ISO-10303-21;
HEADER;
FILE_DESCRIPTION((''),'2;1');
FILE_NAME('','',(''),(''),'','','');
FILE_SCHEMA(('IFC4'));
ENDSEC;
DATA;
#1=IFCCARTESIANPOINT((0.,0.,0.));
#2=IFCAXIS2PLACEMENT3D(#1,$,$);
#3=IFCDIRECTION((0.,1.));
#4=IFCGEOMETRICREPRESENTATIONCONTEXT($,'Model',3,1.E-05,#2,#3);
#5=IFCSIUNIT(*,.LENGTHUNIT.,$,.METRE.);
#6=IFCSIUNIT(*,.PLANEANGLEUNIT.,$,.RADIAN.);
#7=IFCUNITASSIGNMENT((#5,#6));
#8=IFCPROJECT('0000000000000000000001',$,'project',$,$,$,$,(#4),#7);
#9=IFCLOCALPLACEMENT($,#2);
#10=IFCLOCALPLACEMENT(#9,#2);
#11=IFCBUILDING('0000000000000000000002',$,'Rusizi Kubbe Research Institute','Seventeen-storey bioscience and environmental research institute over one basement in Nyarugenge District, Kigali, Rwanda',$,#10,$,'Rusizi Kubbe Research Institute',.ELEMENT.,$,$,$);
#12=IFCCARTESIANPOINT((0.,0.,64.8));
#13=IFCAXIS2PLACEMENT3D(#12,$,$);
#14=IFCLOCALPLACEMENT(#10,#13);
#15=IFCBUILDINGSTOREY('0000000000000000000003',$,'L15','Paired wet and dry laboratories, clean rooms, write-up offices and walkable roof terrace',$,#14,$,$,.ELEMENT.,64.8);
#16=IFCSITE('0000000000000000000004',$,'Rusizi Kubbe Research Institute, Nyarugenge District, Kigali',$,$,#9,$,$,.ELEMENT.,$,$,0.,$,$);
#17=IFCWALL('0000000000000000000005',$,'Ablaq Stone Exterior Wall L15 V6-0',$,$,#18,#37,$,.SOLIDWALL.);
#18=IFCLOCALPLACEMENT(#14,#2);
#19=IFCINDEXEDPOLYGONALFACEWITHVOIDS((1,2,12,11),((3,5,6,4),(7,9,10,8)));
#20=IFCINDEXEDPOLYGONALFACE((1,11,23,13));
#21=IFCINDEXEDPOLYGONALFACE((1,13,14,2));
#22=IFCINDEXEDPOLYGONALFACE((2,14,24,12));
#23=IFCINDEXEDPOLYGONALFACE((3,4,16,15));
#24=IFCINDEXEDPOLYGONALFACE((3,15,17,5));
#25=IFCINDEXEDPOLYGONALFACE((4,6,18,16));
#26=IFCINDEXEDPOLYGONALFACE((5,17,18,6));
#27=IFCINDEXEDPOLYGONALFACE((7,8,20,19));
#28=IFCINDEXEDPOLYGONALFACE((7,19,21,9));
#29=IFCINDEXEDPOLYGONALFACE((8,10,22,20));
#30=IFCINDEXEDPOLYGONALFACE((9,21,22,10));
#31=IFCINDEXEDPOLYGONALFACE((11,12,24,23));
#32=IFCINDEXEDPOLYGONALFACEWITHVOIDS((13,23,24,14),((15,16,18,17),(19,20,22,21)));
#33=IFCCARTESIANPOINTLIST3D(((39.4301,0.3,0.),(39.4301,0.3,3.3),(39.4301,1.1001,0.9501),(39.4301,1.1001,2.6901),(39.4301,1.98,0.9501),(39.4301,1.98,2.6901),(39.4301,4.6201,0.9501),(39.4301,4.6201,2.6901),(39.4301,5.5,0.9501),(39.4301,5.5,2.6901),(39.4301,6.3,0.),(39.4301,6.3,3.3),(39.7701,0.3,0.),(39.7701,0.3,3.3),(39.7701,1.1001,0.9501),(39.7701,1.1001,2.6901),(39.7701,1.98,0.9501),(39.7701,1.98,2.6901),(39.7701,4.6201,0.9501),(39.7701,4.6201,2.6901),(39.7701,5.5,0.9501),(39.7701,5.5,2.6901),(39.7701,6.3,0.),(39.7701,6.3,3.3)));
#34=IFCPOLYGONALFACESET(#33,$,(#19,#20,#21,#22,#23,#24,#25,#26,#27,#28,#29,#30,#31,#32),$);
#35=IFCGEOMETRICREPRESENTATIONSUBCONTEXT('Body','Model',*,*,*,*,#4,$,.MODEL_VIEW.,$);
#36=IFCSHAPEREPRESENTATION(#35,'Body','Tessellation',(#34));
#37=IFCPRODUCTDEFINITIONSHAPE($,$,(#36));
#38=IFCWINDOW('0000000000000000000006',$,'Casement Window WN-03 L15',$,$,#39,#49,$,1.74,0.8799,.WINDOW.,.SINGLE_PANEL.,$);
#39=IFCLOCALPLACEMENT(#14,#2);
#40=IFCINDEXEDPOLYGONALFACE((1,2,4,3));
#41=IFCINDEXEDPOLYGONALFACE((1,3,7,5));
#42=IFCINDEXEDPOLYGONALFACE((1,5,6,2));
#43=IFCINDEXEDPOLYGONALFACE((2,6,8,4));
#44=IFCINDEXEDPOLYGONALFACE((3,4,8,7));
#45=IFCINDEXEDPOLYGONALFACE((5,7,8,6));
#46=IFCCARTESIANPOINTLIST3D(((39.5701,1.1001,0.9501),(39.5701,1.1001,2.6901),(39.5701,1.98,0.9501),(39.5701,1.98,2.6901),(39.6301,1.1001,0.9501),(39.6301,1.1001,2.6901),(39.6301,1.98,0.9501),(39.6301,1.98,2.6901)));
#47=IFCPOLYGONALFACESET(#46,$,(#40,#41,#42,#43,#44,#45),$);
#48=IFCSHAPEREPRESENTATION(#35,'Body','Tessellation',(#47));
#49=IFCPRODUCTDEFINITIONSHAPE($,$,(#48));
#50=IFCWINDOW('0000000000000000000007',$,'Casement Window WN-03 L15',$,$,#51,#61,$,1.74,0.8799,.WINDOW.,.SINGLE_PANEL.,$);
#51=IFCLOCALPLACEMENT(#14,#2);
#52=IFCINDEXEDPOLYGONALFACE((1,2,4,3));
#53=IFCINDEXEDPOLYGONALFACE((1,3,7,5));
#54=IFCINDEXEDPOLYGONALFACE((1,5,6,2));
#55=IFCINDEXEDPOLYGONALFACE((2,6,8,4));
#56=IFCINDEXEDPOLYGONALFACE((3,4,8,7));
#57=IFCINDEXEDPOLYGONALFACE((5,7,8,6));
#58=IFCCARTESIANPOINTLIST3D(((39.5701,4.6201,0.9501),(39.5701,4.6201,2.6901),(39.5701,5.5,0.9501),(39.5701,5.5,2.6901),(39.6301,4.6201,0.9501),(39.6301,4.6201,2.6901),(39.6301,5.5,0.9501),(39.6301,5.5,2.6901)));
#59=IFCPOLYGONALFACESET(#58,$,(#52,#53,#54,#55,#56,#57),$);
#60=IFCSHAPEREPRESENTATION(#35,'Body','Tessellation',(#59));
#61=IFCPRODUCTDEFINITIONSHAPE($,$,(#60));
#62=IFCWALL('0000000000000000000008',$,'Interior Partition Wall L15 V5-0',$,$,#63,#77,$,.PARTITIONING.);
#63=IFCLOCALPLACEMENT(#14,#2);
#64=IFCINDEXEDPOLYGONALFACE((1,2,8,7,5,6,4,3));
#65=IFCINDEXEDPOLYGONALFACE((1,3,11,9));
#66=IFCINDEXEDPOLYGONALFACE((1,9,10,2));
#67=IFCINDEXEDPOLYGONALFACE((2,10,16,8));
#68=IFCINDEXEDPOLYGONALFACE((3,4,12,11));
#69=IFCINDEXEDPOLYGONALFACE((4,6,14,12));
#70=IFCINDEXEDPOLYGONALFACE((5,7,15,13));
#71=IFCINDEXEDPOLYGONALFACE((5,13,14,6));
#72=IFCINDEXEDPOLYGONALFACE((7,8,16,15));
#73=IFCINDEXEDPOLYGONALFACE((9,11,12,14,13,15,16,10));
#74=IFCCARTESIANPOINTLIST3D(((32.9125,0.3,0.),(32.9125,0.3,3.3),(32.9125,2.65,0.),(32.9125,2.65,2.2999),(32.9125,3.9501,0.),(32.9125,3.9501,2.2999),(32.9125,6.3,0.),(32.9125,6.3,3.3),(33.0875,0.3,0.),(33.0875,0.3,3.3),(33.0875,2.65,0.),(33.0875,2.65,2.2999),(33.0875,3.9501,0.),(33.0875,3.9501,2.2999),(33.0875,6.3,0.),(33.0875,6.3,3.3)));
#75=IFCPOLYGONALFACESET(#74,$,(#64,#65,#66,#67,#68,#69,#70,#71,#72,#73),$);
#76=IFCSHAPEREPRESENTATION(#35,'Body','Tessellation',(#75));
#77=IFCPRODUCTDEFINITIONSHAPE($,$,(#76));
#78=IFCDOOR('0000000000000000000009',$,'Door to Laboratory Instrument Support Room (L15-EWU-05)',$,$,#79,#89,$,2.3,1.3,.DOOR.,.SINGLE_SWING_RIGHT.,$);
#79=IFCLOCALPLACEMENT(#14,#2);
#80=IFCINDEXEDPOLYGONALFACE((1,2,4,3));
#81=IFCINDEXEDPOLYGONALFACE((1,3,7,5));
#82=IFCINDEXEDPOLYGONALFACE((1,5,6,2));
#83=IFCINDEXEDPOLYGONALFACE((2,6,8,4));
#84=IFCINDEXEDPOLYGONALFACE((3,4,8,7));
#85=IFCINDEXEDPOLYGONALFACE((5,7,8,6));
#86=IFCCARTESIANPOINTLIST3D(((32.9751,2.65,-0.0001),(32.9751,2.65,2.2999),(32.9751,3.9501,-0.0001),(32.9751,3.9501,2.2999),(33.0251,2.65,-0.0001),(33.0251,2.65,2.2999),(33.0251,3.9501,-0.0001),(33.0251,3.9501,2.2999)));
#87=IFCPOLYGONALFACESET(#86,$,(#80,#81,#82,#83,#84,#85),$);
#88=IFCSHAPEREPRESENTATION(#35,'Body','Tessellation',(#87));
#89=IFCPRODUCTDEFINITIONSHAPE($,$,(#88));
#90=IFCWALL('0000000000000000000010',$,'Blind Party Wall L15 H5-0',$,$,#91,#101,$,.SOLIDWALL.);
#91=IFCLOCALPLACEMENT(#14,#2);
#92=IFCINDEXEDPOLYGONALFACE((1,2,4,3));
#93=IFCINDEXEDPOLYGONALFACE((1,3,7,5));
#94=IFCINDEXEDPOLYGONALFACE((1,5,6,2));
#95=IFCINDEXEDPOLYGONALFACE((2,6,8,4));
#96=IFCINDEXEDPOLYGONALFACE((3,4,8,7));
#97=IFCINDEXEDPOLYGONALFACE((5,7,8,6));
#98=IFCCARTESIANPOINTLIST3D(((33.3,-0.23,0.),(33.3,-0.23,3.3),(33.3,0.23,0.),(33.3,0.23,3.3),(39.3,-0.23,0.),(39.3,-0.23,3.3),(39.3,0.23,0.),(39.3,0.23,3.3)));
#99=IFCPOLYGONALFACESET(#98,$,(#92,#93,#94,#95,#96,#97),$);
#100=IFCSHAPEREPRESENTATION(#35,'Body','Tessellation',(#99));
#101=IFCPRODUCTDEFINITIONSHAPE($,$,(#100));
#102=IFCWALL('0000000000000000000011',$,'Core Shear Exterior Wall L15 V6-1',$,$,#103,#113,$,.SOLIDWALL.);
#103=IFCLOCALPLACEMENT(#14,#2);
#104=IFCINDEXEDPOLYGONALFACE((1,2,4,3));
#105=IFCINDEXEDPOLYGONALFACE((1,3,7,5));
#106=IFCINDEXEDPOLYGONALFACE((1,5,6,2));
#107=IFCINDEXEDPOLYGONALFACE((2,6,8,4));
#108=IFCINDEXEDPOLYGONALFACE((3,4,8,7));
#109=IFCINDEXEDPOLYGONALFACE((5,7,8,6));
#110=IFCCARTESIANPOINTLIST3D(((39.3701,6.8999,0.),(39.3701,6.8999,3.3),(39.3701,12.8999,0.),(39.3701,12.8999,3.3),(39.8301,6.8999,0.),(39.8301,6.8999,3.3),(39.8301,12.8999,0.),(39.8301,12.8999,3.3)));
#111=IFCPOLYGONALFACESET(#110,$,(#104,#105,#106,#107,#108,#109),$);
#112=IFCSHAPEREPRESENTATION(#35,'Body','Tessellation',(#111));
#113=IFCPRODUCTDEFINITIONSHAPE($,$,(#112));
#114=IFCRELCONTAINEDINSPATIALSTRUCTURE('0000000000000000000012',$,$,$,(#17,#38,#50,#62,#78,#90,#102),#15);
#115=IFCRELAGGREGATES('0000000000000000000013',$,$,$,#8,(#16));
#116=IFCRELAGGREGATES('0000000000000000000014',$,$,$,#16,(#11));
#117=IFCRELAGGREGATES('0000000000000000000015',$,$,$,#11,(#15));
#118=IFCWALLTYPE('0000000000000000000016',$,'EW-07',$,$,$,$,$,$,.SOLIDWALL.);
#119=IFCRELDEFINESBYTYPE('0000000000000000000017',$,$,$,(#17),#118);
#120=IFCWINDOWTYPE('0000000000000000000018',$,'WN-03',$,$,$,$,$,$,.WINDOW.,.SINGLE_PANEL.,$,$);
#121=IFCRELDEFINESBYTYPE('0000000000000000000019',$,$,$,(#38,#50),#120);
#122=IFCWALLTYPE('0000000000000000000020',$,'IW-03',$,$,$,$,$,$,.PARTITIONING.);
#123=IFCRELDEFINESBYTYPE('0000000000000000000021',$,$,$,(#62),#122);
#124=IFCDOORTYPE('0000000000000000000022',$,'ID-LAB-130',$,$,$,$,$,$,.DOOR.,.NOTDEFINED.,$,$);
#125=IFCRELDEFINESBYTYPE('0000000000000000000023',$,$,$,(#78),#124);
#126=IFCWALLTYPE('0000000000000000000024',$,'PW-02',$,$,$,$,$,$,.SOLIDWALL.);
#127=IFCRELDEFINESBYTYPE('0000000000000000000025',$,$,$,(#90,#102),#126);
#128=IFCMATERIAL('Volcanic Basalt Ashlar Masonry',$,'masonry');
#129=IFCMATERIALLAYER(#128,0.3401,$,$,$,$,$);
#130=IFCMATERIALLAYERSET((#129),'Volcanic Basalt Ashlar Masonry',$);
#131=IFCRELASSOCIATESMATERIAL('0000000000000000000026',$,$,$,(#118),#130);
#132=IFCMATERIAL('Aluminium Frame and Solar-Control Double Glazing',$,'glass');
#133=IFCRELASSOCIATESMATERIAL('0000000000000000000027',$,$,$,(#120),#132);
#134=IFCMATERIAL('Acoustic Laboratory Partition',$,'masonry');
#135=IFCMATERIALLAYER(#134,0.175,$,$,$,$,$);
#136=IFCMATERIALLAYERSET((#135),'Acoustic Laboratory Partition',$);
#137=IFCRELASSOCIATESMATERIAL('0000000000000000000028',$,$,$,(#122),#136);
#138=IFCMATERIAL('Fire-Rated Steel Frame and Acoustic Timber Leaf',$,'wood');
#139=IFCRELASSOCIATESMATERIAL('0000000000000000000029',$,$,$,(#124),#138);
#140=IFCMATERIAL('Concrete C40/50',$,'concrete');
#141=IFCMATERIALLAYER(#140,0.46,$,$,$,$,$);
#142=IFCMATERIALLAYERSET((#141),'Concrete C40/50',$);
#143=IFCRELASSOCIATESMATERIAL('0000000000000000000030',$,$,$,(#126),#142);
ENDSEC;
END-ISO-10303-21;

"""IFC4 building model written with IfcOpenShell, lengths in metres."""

from ifc_helpers import new_model, si_unit, direction, frame, frame_2d, origin, place, context, subcontext, project, spatial, rectangle, extrude, material, layer, layer_set, type_object, element, fill, save


model = new_model("IFC4")

# Units and contexts
model_context = context("Model", 3, precision=1e-05, world=origin(), true_north=direction((0.0, 1.0)))
body_context = subcontext(model_context, "Body", "Model", "MODEL_VIEW")
ifc_project = project(units=[si_unit("LENGTHUNIT", "METRE"), si_unit("PLANEANGLEUNIT", "RADIAN")], contexts=[model_context])

# Site, building, storey
site_placement = place(None, origin())
site = spatial("IfcSite", under=ifc_project, at=site_placement, Name="Rusizi Kubbe Research Institute, Nyarugenge District, Kigali", CompositionType="ELEMENT", RefElevation=0.0)
building_placement = place(site_placement, origin())
building = spatial("IfcBuilding", under=site, at=building_placement, Name="Rusizi Kubbe Research Institute", Description="Seventeen-storey bioscience and environmental research institute over one basement in Nyarugenge District, Kigali, Rwanda", LongName="Rusizi Kubbe Research Institute", CompositionType="ELEMENT")
storey_placement = place(building_placement, frame((0.0, 0.0, 64.8)))
storey = spatial("IfcBuildingStorey", under=building, at=storey_placement, Name="L15", Description="Paired wet and dry laboratories, clean rooms, write-up offices and walkable roof terrace", CompositionType="ELEMENT", Elevation=64.8)

# Wall, openings, windows
ifc_material_1 = material(Name="Volcanic Basalt Ashlar Masonry", Category="masonry")
ifc_layer_1 = layer(ifc_material_1, 0.3401)
ifc_layer_set_1 = layer_set([ifc_layer_1], Name="Volcanic Basalt Ashlar Masonry")
wall_type_1 = type_object("IfcWallType", Name="EW-07", PredefinedType="SOLIDWALL", material=ifc_layer_set_1)
wall_1_placement = place(storey_placement, frame((39.6001, 0.3, 0.0), z_axis=(0.0, 0.0, 1.0), x_axis=(0.0, 1.0, 0.0)))
wall_1 = element("IfcWall", 1, at=wall_1_placement, inside=storey, type_object=wall_type_1, Name="Ablaq Stone Exterior Wall L15 V6-0", PredefinedType="SOLIDWALL", context=body_context, shape_type="SweptSolid", body=[
    extrude(rectangle(XDim=6.0, YDim=0.3401, at=frame_2d((3.0, 0.0))), origin(), (0.0, 0.0, 1.0), 3.3),
])
opening_1_placement = place(wall_1_placement, frame((0.8, 0.0, 0.95)))
opening_1 = element("IfcOpeningElement", 2, at=opening_1_placement, cuts=wall_1, PredefinedType="OPENING", context=body_context, shape_type="SweptSolid", body=[
    extrude(rectangle(XDim=0.8799, YDim=1.74, at=frame_2d((0.4399, 0.8701))), frame((0.0, 0.1799, 0.0), z_axis=(0.0, -1.0, 0.0), x_axis=(1.0, 0.0, 0.0)), (0.0, 0.0, 1.0), 0.3601),
])
opening_2_placement = place(wall_1_placement, frame((4.3201, 0.0, 0.95)))
opening_2 = element("IfcOpeningElement", 3, at=opening_2_placement, cuts=wall_1, PredefinedType="OPENING", context=body_context, shape_type="SweptSolid", body=[
    extrude(rectangle(XDim=0.8799, YDim=1.74, at=frame_2d((0.4399, 0.8701))), frame((0.0, 0.1799, 0.0), z_axis=(0.0, -1.0, 0.0), x_axis=(1.0, 0.0, 0.0)), (0.0, 0.0, 1.0), 0.3601),
])
ifc_material_2 = material(Name="Aluminium Frame and Solar-Control Double Glazing", Category="glass")
window_type = type_object("IfcWindowType", Name="WN-03", PartitioningType="SINGLE_PANEL", PredefinedType="WINDOW", material=ifc_material_2)
window_1_placement = place(opening_1_placement, origin())
window_1 = element("IfcWindow", 4, at=window_1_placement, inside=storey, type_object=window_type, Name="Casement Window WN-03 L15", OverallHeight=1.74, OverallWidth=0.8799, PartitioningType="SINGLE_PANEL", PredefinedType="WINDOW", context=body_context, shape_type="SweptSolid", body=[
    extrude(rectangle(XDim=0.8799, YDim=1.74, at=frame_2d((0.4399, 0.8701))), frame((0.0, 0.03, 0.0), z_axis=(0.0, -1.0, 0.0), x_axis=(1.0, 0.0, 0.0)), (0.0, 0.0, 1.0), 0.0601),
])
fill(opening_1, window_1)
window_2_placement = place(opening_2_placement, origin())
window_2 = element("IfcWindow", 5, at=window_2_placement, inside=storey, type_object=window_type, Name="Casement Window WN-03 L15", OverallHeight=1.74, OverallWidth=0.8799, PartitioningType="SINGLE_PANEL", PredefinedType="WINDOW", context=body_context, shape_type="SweptSolid", body=[
    extrude(rectangle(XDim=0.8799, YDim=1.74, at=frame_2d((0.4399, 0.8701))), frame((0.0, 0.03, 0.0), z_axis=(0.0, -1.0, 0.0), x_axis=(1.0, 0.0, 0.0)), (0.0, 0.0, 1.0), 0.0601),
])
fill(opening_2, window_2)

# Wall, opening, door
ifc_material_3 = material(Name="Acoustic Laboratory Partition", Category="masonry")
ifc_layer_2 = layer(ifc_material_3, 0.175)
ifc_layer_set_2 = layer_set([ifc_layer_2], Name="Acoustic Laboratory Partition")
wall_type_2 = type_object("IfcWallType", Name="IW-03", PredefinedType="PARTITIONING", material=ifc_layer_set_2)
wall_2_placement = place(storey_placement, frame((33.0, 0.3, 0.0), z_axis=(0.0, 0.0, 1.0), x_axis=(0.0, 1.0, 0.0)))
wall_2 = element("IfcWall", 6, at=wall_2_placement, inside=storey, type_object=wall_type_2, Name="Interior Partition Wall L15 V5-0", PredefinedType="PARTITIONING", context=body_context, shape_type="SweptSolid", body=[
    extrude(rectangle(XDim=6.0, YDim=0.175, at=frame_2d((3.0, 0.0))), origin(), (0.0, 0.0, 1.0), 3.3),
])
opening_3_placement = place(wall_2_placement, frame((2.3501, 0.0, 0.0)))
opening_3 = element("IfcOpeningElement", 7, at=opening_3_placement, cuts=wall_2, PredefinedType="OPENING", context=body_context, shape_type="SweptSolid", body=[
    extrude(rectangle(XDim=1.3, YDim=2.3, at=frame_2d((0.6499, 1.1499))), frame((0.0, 0.0974, 0.0), z_axis=(0.0, -1.0, 0.0), x_axis=(1.0, 0.0, 0.0)), (0.0, 0.0, 1.0), 0.1951),
])
ifc_material_4 = material(Name="Fire-Rated Steel Frame and Acoustic Timber Leaf", Category="wood")
door_type = type_object("IfcDoorType", Name="ID-LAB-130", OperationType="NOTDEFINED", PredefinedType="DOOR", material=ifc_material_4)
door_placement = place(opening_3_placement, origin())
door = element("IfcDoor", 8, at=door_placement, inside=storey, type_object=door_type, Name="Door to Laboratory Instrument Support Room (L15-EWU-05)", OperationType="SINGLE_SWING_RIGHT", OverallHeight=2.3, OverallWidth=1.3, PredefinedType="DOOR", context=body_context, shape_type="SweptSolid", body=[
    extrude(rectangle(XDim=1.3, YDim=2.3, at=frame_2d((0.6499, 1.1499))), frame((0.0, 0.0249, 0.0), z_axis=(0.0, -1.0, 0.0), x_axis=(1.0, 0.0, 0.0)), (0.0, 0.0, 1.0), 0.05),
])
fill(opening_3, door)

# Walls
ifc_material_5 = material(Name="Concrete C40/50", Category="concrete")
ifc_layer_3 = layer(ifc_material_5, 0.46)
ifc_layer_set_3 = layer_set([ifc_layer_3], Name="Concrete C40/50")
wall_type_3 = type_object("IfcWallType", Name="PW-02", PredefinedType="SOLIDWALL", material=ifc_layer_set_3)
for number, where, z_axis, x_axis, name in (
    (9, (33.3, 0.0, 0.0), (0.0, 0.0, 1.0), (1.0, 0.0, 0.0), "Blind Party Wall L15 H5-0"),
    (10, (39.6001, 6.8999, 0.0), (0.0, 0.0, 1.0), (0.0, 1.0, 0.0), "Core Shear Exterior Wall L15 V6-1"),
):
    element("IfcWall", number, at=place(storey_placement, frame(where, z_axis=z_axis, x_axis=x_axis)), inside=storey, type_object=wall_type_3, Name=name, PredefinedType="SOLIDWALL", context=body_context, shape_type="SweptSolid", body=[
        extrude(rectangle(XDim=6.0, YDim=0.46, at=frame_2d((3.0, 0.0))), origin(), (0.0, 0.0, 1.0), 3.3),
    ])

save(model, "model.ifc")
